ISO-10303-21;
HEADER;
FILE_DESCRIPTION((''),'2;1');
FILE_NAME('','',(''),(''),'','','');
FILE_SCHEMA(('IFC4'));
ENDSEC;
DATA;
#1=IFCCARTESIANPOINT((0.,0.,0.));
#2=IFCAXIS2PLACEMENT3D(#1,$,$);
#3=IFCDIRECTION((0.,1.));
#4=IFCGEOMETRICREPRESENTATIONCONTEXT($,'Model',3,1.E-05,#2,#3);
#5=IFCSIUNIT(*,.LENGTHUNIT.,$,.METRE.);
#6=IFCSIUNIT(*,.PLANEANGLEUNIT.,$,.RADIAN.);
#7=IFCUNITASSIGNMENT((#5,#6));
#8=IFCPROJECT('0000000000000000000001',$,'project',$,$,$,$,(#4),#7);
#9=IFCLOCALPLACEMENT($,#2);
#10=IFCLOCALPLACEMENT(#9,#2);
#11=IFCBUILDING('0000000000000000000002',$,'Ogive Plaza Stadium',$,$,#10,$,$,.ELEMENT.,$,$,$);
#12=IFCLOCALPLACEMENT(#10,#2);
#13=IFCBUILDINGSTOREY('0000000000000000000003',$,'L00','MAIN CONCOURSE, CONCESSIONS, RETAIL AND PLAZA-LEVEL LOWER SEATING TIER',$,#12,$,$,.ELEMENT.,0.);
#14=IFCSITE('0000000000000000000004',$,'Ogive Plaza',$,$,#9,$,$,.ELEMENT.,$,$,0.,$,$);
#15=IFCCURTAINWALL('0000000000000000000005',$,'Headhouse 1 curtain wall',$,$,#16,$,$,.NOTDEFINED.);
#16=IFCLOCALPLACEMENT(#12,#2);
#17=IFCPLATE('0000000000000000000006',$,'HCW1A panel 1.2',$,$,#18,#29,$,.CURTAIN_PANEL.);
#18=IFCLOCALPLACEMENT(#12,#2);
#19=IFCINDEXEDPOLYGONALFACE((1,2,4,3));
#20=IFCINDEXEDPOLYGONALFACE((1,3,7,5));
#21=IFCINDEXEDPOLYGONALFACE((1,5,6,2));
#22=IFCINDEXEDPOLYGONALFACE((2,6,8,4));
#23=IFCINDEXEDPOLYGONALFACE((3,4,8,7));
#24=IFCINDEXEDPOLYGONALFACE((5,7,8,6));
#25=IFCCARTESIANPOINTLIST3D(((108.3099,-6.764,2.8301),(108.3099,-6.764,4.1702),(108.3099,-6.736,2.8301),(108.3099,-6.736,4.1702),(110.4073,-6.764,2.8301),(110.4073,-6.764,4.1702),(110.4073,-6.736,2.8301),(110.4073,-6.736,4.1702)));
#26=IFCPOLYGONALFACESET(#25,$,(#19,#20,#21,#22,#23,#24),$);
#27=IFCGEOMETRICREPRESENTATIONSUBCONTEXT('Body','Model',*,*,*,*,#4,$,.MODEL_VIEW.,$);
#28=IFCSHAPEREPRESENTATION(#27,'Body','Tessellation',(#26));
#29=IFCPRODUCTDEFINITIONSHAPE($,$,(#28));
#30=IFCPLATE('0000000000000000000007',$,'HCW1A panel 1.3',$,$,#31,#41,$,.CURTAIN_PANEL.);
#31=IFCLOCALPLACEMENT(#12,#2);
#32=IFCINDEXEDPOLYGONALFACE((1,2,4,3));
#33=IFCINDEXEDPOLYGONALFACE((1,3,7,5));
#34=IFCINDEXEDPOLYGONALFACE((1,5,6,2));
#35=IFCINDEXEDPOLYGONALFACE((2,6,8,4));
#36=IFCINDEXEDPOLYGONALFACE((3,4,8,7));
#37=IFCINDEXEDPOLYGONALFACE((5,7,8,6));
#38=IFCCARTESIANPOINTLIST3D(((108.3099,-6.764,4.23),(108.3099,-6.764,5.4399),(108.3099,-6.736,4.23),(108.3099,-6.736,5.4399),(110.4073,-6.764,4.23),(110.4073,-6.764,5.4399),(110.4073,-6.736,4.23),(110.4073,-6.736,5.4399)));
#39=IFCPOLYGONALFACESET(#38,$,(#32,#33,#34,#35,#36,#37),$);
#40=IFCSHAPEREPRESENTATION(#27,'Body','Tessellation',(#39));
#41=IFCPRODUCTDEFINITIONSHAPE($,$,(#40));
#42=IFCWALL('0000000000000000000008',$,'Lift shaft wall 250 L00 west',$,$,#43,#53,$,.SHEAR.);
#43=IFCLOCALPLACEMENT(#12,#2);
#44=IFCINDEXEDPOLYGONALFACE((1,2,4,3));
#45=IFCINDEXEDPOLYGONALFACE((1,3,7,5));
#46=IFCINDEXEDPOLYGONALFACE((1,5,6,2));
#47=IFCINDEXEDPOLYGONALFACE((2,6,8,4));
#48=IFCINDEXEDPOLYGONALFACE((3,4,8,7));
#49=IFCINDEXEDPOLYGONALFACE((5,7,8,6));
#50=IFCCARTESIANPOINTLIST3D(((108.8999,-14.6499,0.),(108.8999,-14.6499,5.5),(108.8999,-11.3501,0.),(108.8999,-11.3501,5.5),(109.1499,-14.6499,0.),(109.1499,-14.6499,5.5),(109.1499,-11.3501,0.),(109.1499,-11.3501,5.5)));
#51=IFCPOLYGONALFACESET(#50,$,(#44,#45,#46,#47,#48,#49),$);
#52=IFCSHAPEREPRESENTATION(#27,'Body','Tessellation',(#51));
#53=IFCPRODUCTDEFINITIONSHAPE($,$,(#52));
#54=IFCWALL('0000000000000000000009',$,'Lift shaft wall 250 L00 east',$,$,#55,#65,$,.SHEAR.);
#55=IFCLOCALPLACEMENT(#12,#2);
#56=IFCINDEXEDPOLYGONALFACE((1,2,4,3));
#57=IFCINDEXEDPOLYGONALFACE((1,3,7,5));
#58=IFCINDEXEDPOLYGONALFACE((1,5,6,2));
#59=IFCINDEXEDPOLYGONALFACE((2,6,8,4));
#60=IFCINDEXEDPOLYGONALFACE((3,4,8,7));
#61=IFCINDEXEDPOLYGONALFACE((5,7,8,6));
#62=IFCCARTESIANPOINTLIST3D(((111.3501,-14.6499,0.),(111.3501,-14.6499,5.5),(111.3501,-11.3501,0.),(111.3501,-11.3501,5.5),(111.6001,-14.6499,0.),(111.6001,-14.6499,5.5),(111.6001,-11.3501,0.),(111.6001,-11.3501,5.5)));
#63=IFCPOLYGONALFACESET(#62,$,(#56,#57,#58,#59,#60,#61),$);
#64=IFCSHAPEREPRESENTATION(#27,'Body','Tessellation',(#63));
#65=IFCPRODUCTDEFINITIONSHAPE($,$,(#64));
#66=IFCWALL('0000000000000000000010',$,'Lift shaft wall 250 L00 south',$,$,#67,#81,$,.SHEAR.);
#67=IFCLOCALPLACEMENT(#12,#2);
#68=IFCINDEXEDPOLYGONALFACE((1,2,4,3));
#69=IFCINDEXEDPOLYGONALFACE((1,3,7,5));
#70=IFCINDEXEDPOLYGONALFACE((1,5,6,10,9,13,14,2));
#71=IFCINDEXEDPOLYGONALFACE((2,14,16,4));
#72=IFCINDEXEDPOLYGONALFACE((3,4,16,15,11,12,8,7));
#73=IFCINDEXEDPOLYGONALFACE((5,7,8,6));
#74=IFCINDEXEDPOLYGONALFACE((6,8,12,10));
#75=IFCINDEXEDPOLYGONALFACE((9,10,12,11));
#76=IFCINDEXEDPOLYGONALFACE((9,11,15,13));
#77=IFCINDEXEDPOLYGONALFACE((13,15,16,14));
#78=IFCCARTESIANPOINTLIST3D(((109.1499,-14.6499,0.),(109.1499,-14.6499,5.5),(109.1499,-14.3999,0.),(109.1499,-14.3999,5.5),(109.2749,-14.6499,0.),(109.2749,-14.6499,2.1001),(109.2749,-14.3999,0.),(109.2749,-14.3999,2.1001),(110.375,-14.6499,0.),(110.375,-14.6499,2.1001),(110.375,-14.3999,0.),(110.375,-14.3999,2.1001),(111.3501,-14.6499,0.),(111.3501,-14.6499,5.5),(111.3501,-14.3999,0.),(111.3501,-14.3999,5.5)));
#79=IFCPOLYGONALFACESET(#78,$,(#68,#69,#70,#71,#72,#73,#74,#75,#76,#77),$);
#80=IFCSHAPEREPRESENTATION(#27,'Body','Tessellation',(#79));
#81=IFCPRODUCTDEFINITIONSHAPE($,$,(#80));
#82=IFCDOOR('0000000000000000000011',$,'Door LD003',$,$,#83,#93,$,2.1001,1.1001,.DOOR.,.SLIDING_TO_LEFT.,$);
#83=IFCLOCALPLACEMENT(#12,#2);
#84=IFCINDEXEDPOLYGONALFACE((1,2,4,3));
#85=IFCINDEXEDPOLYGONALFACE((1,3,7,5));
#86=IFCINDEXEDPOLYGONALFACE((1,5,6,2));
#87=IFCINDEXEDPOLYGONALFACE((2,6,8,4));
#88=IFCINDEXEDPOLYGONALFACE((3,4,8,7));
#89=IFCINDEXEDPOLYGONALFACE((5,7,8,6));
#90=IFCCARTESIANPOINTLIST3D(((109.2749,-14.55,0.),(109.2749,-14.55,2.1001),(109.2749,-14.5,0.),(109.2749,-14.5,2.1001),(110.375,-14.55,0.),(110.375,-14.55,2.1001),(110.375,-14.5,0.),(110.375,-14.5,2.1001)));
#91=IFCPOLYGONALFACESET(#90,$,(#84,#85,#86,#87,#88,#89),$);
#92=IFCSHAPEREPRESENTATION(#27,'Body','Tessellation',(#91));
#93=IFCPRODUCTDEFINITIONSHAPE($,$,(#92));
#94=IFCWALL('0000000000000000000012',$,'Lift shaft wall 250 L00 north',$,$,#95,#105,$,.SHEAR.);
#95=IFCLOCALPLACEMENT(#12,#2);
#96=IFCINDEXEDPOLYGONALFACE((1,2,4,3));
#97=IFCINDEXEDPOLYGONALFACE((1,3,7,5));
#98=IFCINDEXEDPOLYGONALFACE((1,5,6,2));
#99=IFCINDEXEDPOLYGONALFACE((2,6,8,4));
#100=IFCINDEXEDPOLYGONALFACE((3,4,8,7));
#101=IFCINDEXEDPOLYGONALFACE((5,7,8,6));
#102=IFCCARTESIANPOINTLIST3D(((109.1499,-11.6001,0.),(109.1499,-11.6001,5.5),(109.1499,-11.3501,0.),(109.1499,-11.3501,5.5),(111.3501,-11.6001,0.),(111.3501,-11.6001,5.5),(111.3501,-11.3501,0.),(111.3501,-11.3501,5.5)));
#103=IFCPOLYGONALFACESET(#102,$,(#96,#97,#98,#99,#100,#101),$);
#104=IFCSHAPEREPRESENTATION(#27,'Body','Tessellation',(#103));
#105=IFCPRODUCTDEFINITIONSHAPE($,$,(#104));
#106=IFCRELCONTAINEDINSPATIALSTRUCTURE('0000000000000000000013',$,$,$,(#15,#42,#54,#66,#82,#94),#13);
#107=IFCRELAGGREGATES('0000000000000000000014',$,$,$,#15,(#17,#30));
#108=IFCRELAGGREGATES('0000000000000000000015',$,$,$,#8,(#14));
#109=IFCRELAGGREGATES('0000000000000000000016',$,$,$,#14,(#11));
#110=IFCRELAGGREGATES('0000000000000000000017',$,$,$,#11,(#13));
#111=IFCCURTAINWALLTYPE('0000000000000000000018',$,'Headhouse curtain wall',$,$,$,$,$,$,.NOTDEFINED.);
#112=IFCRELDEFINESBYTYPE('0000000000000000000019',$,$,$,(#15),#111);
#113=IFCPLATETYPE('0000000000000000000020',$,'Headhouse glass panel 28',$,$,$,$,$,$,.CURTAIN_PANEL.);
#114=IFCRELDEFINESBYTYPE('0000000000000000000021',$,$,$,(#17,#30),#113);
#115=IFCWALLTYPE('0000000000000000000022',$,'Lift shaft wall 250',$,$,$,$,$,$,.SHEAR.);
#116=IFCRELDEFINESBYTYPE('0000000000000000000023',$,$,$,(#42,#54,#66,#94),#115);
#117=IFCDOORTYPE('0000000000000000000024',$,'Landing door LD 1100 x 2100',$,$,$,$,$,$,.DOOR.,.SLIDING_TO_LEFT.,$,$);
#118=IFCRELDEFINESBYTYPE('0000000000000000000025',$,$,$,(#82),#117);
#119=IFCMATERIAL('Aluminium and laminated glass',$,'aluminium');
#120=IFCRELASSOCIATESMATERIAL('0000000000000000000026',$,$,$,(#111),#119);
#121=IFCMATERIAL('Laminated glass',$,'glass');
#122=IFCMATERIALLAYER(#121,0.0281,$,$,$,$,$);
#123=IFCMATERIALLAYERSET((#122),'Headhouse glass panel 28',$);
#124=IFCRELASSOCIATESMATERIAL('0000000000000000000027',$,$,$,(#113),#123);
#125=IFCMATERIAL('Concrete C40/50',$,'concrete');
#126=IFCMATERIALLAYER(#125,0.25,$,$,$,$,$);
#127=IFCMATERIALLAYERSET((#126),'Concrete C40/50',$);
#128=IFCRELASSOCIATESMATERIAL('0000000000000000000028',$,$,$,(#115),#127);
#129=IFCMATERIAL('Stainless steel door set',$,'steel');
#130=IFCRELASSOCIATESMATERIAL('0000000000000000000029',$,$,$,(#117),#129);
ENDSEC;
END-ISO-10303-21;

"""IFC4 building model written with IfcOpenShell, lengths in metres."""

from ifc_helpers import new_model, si_unit, direction, frame, frame_2d, origin, origin_2d, place, context, subcontext, project, spatial, rectangle, extrude, material, layer, layer_set, type_object, element, fill, aggregate, save


model = new_model("IFC4")

# Units and contexts
model_context = context("Model", 3, precision=1e-05, world=origin(), true_north=direction((0.0, 1.0)))
body_context = subcontext(model_context, "Body", "Model", "MODEL_VIEW")
ifc_project = project(units=[si_unit("LENGTHUNIT", "METRE"), si_unit("PLANEANGLEUNIT", "RADIAN")], contexts=[model_context])

# Site, building, storey
site_placement = place(None, origin())
site = spatial("IfcSite", under=ifc_project, at=site_placement, Name="Ogive Plaza", CompositionType="ELEMENT", RefElevation=0.0)
building_placement = place(site_placement, origin())
building = spatial("IfcBuilding", under=site, at=building_placement, Name="Ogive Plaza Stadium", CompositionType="ELEMENT")
storey_placement = place(building_placement, origin())
storey = spatial("IfcBuildingStorey", under=building, at=storey_placement, Name="L00", Description="MAIN CONCOURSE, CONCESSIONS, RETAIL AND PLAZA-LEVEL LOWER SEATING TIER", CompositionType="ELEMENT", Elevation=0.0)

# Curtain wall
ifc_material_1 = material(Name="Aluminium and laminated glass", Category="aluminium")
curtain_wall_type = type_object("IfcCurtainWallType", Name="Headhouse curtain wall", PredefinedType="NOTDEFINED", material=ifc_material_1)
curtain_wall_1_placement = place(storey_placement, origin())
curtain_wall_1 = element("IfcCurtainWall", 1, at=curtain_wall_1_placement, inside=storey, type_object=curtain_wall_type, Name="Headhouse 1 curtain wall", PredefinedType="NOTDEFINED")

# Plates
ifc_material_2 = material(Name="Laminated glass", Category="glass")
ifc_layer_1 = layer(ifc_material_2, 0.0281)
ifc_layer_set_1 = layer_set([ifc_layer_1], Name="Headhouse glass panel 28")
plate_type = type_object("IfcPlateType", Name="Headhouse glass panel 28", PredefinedType="CURTAIN_PANEL", material=ifc_layer_set_1)
plate_1_placement = place(storey_placement, frame((109.3586, -6.75, 2.8301), z_axis=(0.0, 0.0, 1.0), x_axis=(1.0, 0.0, 0.0)))
plate_1 = element("IfcPlate", 2, at=plate_1_placement, type_object=plate_type, Name="HCW1A panel 1.2", PredefinedType="CURTAIN_PANEL", context=body_context, shape_type="SweptSolid", body=[
    extrude(rectangle(XDim=2.0974, YDim=0.0281, at=origin_2d()), origin(), (0.0, 0.0, 1.0), 1.3401),
])
plate_2_placement = place(storey_placement, frame((109.3586, -6.75, 4.23), z_axis=(0.0, 0.0, 1.0), x_axis=(1.0, 0.0, 0.0)))
plate_2 = element("IfcPlate", 3, at=plate_2_placement, type_object=plate_type, Name="HCW1A panel 1.3", PredefinedType="CURTAIN_PANEL", context=body_context, shape_type="SweptSolid", body=[
    extrude(rectangle(XDim=2.0974, YDim=0.0281, at=origin_2d()), origin(), (0.0, 0.0, 1.0), 1.21),
])
aggregate(curtain_wall_1, [plate_1, plate_2])

# Walls
ifc_material_3 = material(Name="Concrete C40/50", Category="concrete")
ifc_layer_2 = layer(ifc_material_3, 0.25)
ifc_layer_set_2 = layer_set([ifc_layer_2], Name="Concrete C40/50")
wall_type = type_object("IfcWallType", Name="Lift shaft wall 250", PredefinedType="SHEAR", material=ifc_layer_set_2)
for number, where, z_axis, x_axis, name in (
    (4, (109.0249, -14.6499, 0.0), (0.0, 0.0, 1.0), (0.0, 1.0, 0.0), "Lift shaft wall 250 L00 west"),
    (5, (111.4751, -14.6499, 0.0), (0.0, 0.0, 1.0), (0.0, 1.0, 0.0), "Lift shaft wall 250 L00 east"),
):
    element("IfcWall", number, at=place(storey_placement, frame(where, z_axis=z_axis, x_axis=x_axis)), inside=storey, type_object=wall_type, Name=name, PredefinedType="SHEAR", context=body_context, shape_type="SweptSolid", body=[
        extrude(rectangle(XDim=3.2998, YDim=0.25, at=frame_2d((1.6499, 0.0))), origin(), (0.0, 0.0, 1.0), 5.5),
    ])

# Wall, opening, door
wall_1_placement = place(storey_placement, frame((109.1499, -14.5249, 0.0), z_axis=(0.0, 0.0, 1.0), x_axis=(1.0, 0.0, 0.0)))
wall_1 = element("IfcWall", 6, at=wall_1_placement, inside=storey, type_object=wall_type, Name="Lift shaft wall 250 L00 south", PredefinedType="SHEAR", context=body_context, shape_type="SweptSolid", body=[
    extrude(rectangle(XDim=2.2002, YDim=0.25, at=frame_2d((1.1001, 0.0))), origin(), (0.0, 0.0, 1.0), 5.5),
])
opening_placement = place(wall_1_placement, frame((0.125, 0.0, 0.0)))
opening = element("IfcOpeningElement", 7, at=opening_placement, cuts=wall_1, PredefinedType="OPENING", context=body_context, shape_type="SweptSolid", body=[
    extrude(rectangle(XDim=1.1001, YDim=2.1001, at=frame_2d((0.55, 1.05))), frame((0.0, 0.125, 0.0), z_axis=(0.0, -1.0, 0.0), x_axis=(1.0, 0.0, 0.0)), (0.0, 0.0, 1.0), 0.25),
])
ifc_material_4 = material(Name="Stainless steel door set", Category="steel")
door_type = type_object("IfcDoorType", Name="Landing door LD 1100 x 2100", OperationType="SLIDING_TO_LEFT", PredefinedType="DOOR", material=ifc_material_4)
door_placement = place(opening_placement, origin())
door = element("IfcDoor", 8, at=door_placement, inside=storey, type_object=door_type, Name="Door LD003", OperationType="SLIDING_TO_LEFT", OverallHeight=2.1001, OverallWidth=1.1001, PredefinedType="DOOR", context=body_context, shape_type="SweptSolid", body=[
    extrude(rectangle(XDim=1.1001, YDim=2.1001, at=frame_2d((0.55, 1.05))), frame((0.0, 0.0249, 0.0), z_axis=(0.0, -1.0, 0.0), x_axis=(1.0, 0.0, 0.0)), (0.0, 0.0, 1.0), 0.05),
])
fill(opening, door)

# Wall
wall_2_placement = place(storey_placement, frame((109.1499, -11.4751, 0.0), z_axis=(0.0, 0.0, 1.0), x_axis=(1.0, 0.0, 0.0)))
element("IfcWall", 9, at=wall_2_placement, inside=storey, type_object=wall_type, Name="Lift shaft wall 250 L00 north", PredefinedType="SHEAR", context=body_context, shape_type="SweptSolid", body=[
    extrude(rectangle(XDim=2.2002, YDim=0.25, at=frame_2d((1.1001, 0.0))), origin(), (0.0, 0.0, 1.0), 5.5),
])

save(model, "model.ifc")
